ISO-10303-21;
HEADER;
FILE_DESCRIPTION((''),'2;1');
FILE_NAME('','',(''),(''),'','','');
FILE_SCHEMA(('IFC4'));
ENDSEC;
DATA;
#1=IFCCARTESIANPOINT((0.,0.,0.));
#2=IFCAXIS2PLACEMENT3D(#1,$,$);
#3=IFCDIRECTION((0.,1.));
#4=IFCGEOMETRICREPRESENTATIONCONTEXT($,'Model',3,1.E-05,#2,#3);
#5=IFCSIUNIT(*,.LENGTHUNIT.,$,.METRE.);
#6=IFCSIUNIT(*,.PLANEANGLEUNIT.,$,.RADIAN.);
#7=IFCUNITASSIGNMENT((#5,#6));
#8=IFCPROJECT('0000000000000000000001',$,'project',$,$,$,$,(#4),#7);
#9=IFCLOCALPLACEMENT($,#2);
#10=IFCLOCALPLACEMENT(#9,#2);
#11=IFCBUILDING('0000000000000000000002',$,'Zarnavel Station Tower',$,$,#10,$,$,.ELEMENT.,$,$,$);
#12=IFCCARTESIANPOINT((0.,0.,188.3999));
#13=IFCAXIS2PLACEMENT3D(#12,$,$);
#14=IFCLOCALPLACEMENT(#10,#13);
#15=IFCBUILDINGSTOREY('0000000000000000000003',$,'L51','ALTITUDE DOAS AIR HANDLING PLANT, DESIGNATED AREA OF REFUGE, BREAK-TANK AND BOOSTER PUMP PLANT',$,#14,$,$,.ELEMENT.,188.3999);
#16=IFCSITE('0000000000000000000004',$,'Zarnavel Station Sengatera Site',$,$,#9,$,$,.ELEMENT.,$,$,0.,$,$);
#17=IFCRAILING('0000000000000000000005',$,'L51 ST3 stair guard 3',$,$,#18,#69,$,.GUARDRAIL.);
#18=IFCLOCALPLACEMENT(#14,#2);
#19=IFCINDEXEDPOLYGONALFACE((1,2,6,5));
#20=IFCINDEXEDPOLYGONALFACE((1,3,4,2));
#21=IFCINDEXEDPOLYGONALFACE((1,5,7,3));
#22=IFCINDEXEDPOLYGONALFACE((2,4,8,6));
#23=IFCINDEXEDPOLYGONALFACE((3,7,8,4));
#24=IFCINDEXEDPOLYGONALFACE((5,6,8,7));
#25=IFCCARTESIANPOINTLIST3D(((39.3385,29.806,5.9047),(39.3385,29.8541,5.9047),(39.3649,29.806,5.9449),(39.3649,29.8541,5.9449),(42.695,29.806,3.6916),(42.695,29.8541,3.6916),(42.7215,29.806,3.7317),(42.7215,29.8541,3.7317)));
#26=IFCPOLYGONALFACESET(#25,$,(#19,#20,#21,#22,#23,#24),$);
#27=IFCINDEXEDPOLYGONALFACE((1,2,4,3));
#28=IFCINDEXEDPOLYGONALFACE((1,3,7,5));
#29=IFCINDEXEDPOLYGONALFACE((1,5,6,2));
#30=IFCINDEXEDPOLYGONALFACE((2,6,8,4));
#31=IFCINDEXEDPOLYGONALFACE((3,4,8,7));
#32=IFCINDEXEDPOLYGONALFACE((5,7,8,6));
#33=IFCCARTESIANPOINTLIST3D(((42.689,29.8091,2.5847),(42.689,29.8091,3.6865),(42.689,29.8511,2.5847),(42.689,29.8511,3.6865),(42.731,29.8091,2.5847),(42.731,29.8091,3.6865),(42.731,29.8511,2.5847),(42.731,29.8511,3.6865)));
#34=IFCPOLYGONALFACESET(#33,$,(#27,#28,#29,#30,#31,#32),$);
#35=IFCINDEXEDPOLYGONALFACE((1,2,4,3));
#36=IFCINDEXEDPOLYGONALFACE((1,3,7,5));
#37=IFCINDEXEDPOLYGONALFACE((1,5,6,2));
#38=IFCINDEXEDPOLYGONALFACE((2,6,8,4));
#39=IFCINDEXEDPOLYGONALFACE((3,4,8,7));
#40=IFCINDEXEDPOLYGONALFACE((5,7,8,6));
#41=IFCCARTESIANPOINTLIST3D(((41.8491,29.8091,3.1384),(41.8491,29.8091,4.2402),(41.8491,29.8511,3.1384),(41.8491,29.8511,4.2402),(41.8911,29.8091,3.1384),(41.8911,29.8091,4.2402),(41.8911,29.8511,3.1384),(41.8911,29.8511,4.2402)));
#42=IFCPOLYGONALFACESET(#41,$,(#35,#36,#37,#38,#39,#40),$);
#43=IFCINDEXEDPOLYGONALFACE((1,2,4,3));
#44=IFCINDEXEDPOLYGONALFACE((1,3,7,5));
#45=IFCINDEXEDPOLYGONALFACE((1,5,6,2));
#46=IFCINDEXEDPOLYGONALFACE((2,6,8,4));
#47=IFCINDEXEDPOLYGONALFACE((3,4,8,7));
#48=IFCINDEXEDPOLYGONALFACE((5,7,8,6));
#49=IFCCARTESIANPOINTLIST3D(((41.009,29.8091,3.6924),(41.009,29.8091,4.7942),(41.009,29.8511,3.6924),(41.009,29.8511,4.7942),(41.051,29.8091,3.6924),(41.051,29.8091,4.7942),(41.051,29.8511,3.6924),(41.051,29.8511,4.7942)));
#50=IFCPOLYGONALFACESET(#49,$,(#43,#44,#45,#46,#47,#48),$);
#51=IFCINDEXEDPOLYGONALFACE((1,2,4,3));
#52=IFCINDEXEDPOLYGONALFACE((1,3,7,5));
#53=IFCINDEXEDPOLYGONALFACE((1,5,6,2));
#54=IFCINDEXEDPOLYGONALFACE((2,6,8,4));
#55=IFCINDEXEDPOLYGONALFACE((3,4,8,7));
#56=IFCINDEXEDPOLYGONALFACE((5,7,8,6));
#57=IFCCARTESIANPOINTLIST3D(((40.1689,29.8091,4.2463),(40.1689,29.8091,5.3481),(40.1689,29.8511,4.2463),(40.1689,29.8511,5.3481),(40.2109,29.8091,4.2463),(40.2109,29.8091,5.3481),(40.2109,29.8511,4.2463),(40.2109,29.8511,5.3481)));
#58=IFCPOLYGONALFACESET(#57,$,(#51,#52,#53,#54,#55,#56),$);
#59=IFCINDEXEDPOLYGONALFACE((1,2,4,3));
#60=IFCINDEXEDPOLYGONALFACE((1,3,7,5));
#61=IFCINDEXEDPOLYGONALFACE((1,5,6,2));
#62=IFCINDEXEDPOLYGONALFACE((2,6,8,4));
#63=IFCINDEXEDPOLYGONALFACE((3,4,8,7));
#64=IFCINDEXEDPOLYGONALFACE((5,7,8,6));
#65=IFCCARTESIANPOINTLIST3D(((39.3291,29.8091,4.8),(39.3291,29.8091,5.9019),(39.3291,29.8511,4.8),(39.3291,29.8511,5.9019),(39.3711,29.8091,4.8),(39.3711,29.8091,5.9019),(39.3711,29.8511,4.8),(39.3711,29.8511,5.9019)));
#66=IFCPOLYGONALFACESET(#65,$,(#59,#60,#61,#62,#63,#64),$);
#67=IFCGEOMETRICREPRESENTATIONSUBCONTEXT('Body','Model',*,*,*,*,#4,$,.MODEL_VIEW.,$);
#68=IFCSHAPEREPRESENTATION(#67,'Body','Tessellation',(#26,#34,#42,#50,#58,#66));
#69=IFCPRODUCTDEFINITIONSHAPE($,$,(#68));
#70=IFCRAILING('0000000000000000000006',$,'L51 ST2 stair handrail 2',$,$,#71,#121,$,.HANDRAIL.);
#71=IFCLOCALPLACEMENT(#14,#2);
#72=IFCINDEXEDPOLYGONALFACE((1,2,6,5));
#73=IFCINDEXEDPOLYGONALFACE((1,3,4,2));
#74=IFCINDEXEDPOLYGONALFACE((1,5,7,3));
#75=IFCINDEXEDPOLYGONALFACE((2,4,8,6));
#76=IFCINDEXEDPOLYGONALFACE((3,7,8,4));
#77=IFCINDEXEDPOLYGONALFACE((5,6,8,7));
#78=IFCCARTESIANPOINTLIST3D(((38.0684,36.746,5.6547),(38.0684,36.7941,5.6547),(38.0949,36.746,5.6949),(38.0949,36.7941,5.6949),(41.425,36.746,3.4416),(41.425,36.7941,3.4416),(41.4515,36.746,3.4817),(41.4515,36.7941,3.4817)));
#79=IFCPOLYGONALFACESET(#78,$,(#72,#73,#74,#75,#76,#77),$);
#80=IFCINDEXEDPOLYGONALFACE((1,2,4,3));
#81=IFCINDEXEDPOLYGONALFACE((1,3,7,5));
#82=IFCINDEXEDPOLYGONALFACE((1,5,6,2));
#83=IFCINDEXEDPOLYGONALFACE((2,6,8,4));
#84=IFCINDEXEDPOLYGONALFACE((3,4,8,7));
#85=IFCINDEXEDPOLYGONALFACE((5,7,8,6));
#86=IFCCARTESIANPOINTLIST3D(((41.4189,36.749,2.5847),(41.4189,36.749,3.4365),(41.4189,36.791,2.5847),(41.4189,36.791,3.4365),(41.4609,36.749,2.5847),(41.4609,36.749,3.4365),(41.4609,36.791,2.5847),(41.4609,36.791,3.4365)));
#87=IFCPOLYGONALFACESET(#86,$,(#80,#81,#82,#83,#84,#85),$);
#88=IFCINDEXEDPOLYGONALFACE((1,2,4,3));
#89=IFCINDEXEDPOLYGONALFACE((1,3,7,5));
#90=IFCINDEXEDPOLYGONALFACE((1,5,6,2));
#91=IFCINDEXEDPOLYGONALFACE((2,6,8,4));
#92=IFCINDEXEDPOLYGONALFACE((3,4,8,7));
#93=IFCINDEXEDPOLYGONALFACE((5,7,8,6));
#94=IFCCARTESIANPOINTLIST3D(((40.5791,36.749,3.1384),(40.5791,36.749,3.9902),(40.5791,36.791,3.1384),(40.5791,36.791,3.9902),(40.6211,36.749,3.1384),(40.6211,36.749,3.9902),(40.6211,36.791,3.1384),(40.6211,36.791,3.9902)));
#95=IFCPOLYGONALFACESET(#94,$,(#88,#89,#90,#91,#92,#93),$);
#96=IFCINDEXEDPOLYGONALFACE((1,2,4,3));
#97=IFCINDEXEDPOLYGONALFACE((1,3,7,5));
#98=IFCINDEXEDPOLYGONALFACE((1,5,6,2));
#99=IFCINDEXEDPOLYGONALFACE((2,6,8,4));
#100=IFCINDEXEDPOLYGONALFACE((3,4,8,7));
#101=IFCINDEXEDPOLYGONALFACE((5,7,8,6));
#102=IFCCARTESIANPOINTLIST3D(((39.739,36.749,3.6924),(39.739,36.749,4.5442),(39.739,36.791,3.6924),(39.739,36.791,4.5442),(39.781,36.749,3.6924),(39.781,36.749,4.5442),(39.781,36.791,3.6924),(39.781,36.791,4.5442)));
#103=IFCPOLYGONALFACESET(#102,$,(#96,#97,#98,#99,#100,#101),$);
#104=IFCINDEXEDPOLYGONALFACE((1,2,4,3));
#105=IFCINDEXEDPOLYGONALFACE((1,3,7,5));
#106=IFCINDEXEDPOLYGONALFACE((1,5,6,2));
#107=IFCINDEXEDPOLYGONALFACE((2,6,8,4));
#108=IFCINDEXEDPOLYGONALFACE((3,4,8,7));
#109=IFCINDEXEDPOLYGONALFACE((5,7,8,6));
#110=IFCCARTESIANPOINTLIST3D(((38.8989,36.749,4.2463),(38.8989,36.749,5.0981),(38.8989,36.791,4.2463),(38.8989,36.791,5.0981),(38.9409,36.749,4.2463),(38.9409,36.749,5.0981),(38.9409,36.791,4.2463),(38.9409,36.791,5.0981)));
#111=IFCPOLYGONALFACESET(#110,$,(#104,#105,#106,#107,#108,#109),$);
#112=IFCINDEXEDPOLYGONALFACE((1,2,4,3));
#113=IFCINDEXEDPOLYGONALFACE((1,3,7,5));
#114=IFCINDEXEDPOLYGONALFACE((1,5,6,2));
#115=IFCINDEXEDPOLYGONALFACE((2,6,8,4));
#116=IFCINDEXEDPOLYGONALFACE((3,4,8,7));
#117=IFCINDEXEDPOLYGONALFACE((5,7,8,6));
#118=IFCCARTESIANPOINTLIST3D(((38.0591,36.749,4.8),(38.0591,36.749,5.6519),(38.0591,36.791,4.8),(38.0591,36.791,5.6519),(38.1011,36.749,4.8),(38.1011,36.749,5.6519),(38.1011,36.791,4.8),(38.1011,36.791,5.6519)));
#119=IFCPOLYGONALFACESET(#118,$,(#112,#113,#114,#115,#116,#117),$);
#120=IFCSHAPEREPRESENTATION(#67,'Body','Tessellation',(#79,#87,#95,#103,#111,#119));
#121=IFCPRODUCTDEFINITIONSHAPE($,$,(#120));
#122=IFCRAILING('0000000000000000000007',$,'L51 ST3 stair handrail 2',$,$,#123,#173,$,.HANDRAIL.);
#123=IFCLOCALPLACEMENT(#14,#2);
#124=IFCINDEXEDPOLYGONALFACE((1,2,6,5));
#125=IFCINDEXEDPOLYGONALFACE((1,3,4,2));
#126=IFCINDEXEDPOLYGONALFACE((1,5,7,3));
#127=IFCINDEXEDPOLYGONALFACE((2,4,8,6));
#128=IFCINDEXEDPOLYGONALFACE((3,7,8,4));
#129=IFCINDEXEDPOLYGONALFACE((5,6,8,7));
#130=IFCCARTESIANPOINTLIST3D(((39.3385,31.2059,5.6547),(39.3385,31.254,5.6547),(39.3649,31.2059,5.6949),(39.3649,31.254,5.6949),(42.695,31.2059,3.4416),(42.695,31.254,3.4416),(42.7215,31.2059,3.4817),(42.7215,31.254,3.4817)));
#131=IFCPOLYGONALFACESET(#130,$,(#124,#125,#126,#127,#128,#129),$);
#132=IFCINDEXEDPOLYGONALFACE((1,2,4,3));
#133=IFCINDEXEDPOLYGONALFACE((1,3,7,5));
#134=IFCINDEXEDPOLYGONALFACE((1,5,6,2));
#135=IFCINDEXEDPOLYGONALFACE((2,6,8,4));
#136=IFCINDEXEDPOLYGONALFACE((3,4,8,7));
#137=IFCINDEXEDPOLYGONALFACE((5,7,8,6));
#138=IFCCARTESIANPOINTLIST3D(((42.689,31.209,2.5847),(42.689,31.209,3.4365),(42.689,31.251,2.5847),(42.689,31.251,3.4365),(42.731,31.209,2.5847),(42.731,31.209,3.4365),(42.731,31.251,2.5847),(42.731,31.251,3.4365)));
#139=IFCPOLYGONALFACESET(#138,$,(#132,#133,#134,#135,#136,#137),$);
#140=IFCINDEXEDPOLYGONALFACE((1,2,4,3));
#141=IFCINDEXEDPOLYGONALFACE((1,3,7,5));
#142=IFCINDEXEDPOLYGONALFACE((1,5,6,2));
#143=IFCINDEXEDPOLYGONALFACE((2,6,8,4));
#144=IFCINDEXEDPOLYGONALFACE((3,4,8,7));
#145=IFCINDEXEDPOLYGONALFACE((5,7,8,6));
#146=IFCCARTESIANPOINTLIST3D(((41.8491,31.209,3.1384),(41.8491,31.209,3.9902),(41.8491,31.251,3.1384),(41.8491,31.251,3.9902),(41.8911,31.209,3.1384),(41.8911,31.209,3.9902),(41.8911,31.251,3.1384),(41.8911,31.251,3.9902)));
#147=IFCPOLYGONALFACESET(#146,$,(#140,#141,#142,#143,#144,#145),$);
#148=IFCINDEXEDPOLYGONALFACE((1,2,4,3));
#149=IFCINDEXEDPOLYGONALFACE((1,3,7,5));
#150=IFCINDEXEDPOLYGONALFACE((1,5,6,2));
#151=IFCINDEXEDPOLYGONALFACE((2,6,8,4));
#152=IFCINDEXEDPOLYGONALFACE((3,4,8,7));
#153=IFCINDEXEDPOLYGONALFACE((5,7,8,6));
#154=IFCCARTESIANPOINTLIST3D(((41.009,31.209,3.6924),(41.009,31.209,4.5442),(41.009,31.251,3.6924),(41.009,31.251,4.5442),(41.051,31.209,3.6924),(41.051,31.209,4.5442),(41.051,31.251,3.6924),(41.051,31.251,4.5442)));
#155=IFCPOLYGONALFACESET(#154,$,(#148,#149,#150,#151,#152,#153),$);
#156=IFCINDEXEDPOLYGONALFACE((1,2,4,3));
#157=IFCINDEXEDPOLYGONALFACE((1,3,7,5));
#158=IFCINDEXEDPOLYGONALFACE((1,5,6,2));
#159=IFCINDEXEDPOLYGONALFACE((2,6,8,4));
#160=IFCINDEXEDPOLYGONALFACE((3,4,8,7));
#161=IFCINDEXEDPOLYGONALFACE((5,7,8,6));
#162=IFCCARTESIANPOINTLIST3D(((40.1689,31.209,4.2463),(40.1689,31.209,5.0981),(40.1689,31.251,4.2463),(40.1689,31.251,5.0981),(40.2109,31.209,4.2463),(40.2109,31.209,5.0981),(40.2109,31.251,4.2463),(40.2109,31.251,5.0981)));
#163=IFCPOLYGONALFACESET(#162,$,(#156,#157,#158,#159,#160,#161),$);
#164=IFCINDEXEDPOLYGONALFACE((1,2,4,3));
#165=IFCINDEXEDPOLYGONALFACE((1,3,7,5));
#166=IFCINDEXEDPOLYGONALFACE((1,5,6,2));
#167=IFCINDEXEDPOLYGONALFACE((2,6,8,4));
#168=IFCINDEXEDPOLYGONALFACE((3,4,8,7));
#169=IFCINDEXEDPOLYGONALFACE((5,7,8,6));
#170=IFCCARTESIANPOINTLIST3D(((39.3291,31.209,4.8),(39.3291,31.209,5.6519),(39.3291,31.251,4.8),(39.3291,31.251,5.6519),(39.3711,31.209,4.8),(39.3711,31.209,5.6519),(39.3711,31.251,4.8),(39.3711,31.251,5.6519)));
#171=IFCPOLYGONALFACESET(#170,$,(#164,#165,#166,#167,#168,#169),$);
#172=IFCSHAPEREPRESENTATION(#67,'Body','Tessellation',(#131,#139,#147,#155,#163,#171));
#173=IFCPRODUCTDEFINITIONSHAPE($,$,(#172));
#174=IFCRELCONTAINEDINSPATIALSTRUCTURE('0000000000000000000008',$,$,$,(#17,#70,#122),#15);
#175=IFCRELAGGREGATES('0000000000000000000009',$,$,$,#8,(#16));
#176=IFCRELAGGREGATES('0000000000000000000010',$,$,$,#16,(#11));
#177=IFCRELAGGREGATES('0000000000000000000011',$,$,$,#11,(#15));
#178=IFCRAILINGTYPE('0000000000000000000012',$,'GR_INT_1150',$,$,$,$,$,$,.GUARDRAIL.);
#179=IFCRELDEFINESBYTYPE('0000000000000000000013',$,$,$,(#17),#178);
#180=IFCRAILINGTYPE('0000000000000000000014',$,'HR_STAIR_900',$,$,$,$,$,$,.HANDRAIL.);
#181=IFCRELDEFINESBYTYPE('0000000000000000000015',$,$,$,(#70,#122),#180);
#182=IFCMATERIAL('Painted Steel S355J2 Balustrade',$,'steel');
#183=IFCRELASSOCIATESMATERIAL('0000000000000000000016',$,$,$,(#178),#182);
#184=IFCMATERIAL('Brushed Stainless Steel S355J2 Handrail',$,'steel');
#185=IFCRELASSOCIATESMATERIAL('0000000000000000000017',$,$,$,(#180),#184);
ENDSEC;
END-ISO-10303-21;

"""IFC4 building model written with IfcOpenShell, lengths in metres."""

from ifc_helpers import new_model, si_unit, direction, frame, origin, origin_2d, place, context, subcontext, project, spatial, rectangle, extrude, material, type_object, element, save


model = new_model("IFC4")

# Units and contexts
model_context = context("Model", 3, precision=1e-05, world=origin(), true_north=direction((0.0, 1.0)))
body_context = subcontext(model_context, "Body", "Model", "MODEL_VIEW")
ifc_project = project(units=[si_unit("LENGTHUNIT", "METRE"), si_unit("PLANEANGLEUNIT", "RADIAN")], contexts=[model_context])

# Site, building, storey
site_placement = place(None, origin())
site = spatial("IfcSite", under=ifc_project, at=site_placement, Name="Zarnavel Station Sengatera Site", CompositionType="ELEMENT", RefElevation=0.0)
building_placement = place(site_placement, origin())
building = spatial("IfcBuilding", under=site, at=building_placement, Name="Zarnavel Station Tower", CompositionType="ELEMENT")
storey_placement = place(building_placement, frame((0.0, 0.0, 188.3999)))
storey = spatial("IfcBuildingStorey", under=building, at=storey_placement, Name="L51", Description="ALTITUDE DOAS AIR HANDLING PLANT, DESIGNATED AREA OF REFUGE, BREAK-TANK AND BOOSTER PUMP PLANT", CompositionType="ELEMENT", Elevation=188.3999)

# Railings
ifc_material_1 = material(Name="Painted Steel S355J2 Balustrade", Category="steel")
railing_type_1 = type_object("IfcRailingType", Name="GR_INT_1150", PredefinedType="GUARDRAIL", material=ifc_material_1)
railing_1_placement = place(storey_placement, frame((42.71, 29.8301, 2.5847)))
element("IfcRailing", 1, at=railing_1_placement, inside=storey, type_object=railing_type_1, Name="L51 ST3 stair guard 3", PredefinedType="GUARDRAIL", context=body_context, shape_type="SweptSolid", body=[
    extrude(rectangle(XDim=0.0481, YDim=0.0481, at=origin_2d()), frame((-0.0017, 0.0, 1.127), z_axis=(-0.834858, 0.0, 0.550465), x_axis=(0.0, -1.0, 0.0)), (0.0, 0.0, 1.0), 4.0205),
    extrude(rectangle(XDim=0.042, YDim=0.042, at=origin_2d()), origin(), (0.0, 0.0, 1.0), 1.1018),
    extrude(rectangle(XDim=0.042, YDim=0.042, at=origin_2d()), frame((-0.8398, 0.0, 0.5537)), (0.0, 0.0, 1.0), 1.1018),
    extrude(rectangle(XDim=0.042, YDim=0.042, at=origin_2d()), frame((-1.6799, 0.0, 1.1077)), (0.0, 0.0, 1.0), 1.1018),
    extrude(rectangle(XDim=0.042, YDim=0.042, at=origin_2d()), frame((-2.52, 0.0, 1.6616)), (0.0, 0.0, 1.0), 1.1018),
    extrude(rectangle(XDim=0.042, YDim=0.042, at=origin_2d()), frame((-3.3599, 0.0, 2.2153)), (0.0, 0.0, 1.0), 1.1018),
])
ifc_material_2 = material(Name="Brushed Stainless Steel S355J2 Handrail", Category="steel")
railing_type_2 = type_object("IfcRailingType", Name="HR_STAIR_900", PredefinedType="HANDRAIL", material=ifc_material_2)
for number, where, name in (
    (2, (41.4399, 36.77, 2.5847), "L51 ST2 stair handrail 2"),
    (3, (42.71, 31.23, 2.5847), "L51 ST3 stair handrail 2"),
):
    element("IfcRailing", number, at=place(storey_placement, frame(where)), inside=storey, type_object=railing_type_2, Name=name, PredefinedType="HANDRAIL", context=body_context, shape_type="SweptSolid", body=[
        extrude(rectangle(XDim=0.0481, YDim=0.0481, at=origin_2d()), frame((-0.0017, 0.0, 0.877), z_axis=(-0.834858, 0.0, 0.550465), x_axis=(0.0, -1.0, 0.0)), (0.0, 0.0, 1.0), 4.0205),
        extrude(rectangle(XDim=0.042, YDim=0.042, at=origin_2d()), origin(), (0.0, 0.0, 1.0), 0.8518),
        extrude(rectangle(XDim=0.042, YDim=0.042, at=origin_2d()), frame((-0.8398, 0.0, 0.5537)), (0.0, 0.0, 1.0), 0.8518),
        extrude(rectangle(XDim=0.042, YDim=0.042, at=origin_2d()), frame((-1.6799, 0.0, 1.1077)), (0.0, 0.0, 1.0), 0.8518),
        extrude(rectangle(XDim=0.042, YDim=0.042, at=origin_2d()), frame((-2.52, 0.0, 1.6616)), (0.0, 0.0, 1.0), 0.8518),
        extrude(rectangle(XDim=0.042, YDim=0.042, at=origin_2d()), frame((-3.3599, 0.0, 2.2153)), (0.0, 0.0, 1.0), 0.8518),
    ])

save(model, "model.ifc")
